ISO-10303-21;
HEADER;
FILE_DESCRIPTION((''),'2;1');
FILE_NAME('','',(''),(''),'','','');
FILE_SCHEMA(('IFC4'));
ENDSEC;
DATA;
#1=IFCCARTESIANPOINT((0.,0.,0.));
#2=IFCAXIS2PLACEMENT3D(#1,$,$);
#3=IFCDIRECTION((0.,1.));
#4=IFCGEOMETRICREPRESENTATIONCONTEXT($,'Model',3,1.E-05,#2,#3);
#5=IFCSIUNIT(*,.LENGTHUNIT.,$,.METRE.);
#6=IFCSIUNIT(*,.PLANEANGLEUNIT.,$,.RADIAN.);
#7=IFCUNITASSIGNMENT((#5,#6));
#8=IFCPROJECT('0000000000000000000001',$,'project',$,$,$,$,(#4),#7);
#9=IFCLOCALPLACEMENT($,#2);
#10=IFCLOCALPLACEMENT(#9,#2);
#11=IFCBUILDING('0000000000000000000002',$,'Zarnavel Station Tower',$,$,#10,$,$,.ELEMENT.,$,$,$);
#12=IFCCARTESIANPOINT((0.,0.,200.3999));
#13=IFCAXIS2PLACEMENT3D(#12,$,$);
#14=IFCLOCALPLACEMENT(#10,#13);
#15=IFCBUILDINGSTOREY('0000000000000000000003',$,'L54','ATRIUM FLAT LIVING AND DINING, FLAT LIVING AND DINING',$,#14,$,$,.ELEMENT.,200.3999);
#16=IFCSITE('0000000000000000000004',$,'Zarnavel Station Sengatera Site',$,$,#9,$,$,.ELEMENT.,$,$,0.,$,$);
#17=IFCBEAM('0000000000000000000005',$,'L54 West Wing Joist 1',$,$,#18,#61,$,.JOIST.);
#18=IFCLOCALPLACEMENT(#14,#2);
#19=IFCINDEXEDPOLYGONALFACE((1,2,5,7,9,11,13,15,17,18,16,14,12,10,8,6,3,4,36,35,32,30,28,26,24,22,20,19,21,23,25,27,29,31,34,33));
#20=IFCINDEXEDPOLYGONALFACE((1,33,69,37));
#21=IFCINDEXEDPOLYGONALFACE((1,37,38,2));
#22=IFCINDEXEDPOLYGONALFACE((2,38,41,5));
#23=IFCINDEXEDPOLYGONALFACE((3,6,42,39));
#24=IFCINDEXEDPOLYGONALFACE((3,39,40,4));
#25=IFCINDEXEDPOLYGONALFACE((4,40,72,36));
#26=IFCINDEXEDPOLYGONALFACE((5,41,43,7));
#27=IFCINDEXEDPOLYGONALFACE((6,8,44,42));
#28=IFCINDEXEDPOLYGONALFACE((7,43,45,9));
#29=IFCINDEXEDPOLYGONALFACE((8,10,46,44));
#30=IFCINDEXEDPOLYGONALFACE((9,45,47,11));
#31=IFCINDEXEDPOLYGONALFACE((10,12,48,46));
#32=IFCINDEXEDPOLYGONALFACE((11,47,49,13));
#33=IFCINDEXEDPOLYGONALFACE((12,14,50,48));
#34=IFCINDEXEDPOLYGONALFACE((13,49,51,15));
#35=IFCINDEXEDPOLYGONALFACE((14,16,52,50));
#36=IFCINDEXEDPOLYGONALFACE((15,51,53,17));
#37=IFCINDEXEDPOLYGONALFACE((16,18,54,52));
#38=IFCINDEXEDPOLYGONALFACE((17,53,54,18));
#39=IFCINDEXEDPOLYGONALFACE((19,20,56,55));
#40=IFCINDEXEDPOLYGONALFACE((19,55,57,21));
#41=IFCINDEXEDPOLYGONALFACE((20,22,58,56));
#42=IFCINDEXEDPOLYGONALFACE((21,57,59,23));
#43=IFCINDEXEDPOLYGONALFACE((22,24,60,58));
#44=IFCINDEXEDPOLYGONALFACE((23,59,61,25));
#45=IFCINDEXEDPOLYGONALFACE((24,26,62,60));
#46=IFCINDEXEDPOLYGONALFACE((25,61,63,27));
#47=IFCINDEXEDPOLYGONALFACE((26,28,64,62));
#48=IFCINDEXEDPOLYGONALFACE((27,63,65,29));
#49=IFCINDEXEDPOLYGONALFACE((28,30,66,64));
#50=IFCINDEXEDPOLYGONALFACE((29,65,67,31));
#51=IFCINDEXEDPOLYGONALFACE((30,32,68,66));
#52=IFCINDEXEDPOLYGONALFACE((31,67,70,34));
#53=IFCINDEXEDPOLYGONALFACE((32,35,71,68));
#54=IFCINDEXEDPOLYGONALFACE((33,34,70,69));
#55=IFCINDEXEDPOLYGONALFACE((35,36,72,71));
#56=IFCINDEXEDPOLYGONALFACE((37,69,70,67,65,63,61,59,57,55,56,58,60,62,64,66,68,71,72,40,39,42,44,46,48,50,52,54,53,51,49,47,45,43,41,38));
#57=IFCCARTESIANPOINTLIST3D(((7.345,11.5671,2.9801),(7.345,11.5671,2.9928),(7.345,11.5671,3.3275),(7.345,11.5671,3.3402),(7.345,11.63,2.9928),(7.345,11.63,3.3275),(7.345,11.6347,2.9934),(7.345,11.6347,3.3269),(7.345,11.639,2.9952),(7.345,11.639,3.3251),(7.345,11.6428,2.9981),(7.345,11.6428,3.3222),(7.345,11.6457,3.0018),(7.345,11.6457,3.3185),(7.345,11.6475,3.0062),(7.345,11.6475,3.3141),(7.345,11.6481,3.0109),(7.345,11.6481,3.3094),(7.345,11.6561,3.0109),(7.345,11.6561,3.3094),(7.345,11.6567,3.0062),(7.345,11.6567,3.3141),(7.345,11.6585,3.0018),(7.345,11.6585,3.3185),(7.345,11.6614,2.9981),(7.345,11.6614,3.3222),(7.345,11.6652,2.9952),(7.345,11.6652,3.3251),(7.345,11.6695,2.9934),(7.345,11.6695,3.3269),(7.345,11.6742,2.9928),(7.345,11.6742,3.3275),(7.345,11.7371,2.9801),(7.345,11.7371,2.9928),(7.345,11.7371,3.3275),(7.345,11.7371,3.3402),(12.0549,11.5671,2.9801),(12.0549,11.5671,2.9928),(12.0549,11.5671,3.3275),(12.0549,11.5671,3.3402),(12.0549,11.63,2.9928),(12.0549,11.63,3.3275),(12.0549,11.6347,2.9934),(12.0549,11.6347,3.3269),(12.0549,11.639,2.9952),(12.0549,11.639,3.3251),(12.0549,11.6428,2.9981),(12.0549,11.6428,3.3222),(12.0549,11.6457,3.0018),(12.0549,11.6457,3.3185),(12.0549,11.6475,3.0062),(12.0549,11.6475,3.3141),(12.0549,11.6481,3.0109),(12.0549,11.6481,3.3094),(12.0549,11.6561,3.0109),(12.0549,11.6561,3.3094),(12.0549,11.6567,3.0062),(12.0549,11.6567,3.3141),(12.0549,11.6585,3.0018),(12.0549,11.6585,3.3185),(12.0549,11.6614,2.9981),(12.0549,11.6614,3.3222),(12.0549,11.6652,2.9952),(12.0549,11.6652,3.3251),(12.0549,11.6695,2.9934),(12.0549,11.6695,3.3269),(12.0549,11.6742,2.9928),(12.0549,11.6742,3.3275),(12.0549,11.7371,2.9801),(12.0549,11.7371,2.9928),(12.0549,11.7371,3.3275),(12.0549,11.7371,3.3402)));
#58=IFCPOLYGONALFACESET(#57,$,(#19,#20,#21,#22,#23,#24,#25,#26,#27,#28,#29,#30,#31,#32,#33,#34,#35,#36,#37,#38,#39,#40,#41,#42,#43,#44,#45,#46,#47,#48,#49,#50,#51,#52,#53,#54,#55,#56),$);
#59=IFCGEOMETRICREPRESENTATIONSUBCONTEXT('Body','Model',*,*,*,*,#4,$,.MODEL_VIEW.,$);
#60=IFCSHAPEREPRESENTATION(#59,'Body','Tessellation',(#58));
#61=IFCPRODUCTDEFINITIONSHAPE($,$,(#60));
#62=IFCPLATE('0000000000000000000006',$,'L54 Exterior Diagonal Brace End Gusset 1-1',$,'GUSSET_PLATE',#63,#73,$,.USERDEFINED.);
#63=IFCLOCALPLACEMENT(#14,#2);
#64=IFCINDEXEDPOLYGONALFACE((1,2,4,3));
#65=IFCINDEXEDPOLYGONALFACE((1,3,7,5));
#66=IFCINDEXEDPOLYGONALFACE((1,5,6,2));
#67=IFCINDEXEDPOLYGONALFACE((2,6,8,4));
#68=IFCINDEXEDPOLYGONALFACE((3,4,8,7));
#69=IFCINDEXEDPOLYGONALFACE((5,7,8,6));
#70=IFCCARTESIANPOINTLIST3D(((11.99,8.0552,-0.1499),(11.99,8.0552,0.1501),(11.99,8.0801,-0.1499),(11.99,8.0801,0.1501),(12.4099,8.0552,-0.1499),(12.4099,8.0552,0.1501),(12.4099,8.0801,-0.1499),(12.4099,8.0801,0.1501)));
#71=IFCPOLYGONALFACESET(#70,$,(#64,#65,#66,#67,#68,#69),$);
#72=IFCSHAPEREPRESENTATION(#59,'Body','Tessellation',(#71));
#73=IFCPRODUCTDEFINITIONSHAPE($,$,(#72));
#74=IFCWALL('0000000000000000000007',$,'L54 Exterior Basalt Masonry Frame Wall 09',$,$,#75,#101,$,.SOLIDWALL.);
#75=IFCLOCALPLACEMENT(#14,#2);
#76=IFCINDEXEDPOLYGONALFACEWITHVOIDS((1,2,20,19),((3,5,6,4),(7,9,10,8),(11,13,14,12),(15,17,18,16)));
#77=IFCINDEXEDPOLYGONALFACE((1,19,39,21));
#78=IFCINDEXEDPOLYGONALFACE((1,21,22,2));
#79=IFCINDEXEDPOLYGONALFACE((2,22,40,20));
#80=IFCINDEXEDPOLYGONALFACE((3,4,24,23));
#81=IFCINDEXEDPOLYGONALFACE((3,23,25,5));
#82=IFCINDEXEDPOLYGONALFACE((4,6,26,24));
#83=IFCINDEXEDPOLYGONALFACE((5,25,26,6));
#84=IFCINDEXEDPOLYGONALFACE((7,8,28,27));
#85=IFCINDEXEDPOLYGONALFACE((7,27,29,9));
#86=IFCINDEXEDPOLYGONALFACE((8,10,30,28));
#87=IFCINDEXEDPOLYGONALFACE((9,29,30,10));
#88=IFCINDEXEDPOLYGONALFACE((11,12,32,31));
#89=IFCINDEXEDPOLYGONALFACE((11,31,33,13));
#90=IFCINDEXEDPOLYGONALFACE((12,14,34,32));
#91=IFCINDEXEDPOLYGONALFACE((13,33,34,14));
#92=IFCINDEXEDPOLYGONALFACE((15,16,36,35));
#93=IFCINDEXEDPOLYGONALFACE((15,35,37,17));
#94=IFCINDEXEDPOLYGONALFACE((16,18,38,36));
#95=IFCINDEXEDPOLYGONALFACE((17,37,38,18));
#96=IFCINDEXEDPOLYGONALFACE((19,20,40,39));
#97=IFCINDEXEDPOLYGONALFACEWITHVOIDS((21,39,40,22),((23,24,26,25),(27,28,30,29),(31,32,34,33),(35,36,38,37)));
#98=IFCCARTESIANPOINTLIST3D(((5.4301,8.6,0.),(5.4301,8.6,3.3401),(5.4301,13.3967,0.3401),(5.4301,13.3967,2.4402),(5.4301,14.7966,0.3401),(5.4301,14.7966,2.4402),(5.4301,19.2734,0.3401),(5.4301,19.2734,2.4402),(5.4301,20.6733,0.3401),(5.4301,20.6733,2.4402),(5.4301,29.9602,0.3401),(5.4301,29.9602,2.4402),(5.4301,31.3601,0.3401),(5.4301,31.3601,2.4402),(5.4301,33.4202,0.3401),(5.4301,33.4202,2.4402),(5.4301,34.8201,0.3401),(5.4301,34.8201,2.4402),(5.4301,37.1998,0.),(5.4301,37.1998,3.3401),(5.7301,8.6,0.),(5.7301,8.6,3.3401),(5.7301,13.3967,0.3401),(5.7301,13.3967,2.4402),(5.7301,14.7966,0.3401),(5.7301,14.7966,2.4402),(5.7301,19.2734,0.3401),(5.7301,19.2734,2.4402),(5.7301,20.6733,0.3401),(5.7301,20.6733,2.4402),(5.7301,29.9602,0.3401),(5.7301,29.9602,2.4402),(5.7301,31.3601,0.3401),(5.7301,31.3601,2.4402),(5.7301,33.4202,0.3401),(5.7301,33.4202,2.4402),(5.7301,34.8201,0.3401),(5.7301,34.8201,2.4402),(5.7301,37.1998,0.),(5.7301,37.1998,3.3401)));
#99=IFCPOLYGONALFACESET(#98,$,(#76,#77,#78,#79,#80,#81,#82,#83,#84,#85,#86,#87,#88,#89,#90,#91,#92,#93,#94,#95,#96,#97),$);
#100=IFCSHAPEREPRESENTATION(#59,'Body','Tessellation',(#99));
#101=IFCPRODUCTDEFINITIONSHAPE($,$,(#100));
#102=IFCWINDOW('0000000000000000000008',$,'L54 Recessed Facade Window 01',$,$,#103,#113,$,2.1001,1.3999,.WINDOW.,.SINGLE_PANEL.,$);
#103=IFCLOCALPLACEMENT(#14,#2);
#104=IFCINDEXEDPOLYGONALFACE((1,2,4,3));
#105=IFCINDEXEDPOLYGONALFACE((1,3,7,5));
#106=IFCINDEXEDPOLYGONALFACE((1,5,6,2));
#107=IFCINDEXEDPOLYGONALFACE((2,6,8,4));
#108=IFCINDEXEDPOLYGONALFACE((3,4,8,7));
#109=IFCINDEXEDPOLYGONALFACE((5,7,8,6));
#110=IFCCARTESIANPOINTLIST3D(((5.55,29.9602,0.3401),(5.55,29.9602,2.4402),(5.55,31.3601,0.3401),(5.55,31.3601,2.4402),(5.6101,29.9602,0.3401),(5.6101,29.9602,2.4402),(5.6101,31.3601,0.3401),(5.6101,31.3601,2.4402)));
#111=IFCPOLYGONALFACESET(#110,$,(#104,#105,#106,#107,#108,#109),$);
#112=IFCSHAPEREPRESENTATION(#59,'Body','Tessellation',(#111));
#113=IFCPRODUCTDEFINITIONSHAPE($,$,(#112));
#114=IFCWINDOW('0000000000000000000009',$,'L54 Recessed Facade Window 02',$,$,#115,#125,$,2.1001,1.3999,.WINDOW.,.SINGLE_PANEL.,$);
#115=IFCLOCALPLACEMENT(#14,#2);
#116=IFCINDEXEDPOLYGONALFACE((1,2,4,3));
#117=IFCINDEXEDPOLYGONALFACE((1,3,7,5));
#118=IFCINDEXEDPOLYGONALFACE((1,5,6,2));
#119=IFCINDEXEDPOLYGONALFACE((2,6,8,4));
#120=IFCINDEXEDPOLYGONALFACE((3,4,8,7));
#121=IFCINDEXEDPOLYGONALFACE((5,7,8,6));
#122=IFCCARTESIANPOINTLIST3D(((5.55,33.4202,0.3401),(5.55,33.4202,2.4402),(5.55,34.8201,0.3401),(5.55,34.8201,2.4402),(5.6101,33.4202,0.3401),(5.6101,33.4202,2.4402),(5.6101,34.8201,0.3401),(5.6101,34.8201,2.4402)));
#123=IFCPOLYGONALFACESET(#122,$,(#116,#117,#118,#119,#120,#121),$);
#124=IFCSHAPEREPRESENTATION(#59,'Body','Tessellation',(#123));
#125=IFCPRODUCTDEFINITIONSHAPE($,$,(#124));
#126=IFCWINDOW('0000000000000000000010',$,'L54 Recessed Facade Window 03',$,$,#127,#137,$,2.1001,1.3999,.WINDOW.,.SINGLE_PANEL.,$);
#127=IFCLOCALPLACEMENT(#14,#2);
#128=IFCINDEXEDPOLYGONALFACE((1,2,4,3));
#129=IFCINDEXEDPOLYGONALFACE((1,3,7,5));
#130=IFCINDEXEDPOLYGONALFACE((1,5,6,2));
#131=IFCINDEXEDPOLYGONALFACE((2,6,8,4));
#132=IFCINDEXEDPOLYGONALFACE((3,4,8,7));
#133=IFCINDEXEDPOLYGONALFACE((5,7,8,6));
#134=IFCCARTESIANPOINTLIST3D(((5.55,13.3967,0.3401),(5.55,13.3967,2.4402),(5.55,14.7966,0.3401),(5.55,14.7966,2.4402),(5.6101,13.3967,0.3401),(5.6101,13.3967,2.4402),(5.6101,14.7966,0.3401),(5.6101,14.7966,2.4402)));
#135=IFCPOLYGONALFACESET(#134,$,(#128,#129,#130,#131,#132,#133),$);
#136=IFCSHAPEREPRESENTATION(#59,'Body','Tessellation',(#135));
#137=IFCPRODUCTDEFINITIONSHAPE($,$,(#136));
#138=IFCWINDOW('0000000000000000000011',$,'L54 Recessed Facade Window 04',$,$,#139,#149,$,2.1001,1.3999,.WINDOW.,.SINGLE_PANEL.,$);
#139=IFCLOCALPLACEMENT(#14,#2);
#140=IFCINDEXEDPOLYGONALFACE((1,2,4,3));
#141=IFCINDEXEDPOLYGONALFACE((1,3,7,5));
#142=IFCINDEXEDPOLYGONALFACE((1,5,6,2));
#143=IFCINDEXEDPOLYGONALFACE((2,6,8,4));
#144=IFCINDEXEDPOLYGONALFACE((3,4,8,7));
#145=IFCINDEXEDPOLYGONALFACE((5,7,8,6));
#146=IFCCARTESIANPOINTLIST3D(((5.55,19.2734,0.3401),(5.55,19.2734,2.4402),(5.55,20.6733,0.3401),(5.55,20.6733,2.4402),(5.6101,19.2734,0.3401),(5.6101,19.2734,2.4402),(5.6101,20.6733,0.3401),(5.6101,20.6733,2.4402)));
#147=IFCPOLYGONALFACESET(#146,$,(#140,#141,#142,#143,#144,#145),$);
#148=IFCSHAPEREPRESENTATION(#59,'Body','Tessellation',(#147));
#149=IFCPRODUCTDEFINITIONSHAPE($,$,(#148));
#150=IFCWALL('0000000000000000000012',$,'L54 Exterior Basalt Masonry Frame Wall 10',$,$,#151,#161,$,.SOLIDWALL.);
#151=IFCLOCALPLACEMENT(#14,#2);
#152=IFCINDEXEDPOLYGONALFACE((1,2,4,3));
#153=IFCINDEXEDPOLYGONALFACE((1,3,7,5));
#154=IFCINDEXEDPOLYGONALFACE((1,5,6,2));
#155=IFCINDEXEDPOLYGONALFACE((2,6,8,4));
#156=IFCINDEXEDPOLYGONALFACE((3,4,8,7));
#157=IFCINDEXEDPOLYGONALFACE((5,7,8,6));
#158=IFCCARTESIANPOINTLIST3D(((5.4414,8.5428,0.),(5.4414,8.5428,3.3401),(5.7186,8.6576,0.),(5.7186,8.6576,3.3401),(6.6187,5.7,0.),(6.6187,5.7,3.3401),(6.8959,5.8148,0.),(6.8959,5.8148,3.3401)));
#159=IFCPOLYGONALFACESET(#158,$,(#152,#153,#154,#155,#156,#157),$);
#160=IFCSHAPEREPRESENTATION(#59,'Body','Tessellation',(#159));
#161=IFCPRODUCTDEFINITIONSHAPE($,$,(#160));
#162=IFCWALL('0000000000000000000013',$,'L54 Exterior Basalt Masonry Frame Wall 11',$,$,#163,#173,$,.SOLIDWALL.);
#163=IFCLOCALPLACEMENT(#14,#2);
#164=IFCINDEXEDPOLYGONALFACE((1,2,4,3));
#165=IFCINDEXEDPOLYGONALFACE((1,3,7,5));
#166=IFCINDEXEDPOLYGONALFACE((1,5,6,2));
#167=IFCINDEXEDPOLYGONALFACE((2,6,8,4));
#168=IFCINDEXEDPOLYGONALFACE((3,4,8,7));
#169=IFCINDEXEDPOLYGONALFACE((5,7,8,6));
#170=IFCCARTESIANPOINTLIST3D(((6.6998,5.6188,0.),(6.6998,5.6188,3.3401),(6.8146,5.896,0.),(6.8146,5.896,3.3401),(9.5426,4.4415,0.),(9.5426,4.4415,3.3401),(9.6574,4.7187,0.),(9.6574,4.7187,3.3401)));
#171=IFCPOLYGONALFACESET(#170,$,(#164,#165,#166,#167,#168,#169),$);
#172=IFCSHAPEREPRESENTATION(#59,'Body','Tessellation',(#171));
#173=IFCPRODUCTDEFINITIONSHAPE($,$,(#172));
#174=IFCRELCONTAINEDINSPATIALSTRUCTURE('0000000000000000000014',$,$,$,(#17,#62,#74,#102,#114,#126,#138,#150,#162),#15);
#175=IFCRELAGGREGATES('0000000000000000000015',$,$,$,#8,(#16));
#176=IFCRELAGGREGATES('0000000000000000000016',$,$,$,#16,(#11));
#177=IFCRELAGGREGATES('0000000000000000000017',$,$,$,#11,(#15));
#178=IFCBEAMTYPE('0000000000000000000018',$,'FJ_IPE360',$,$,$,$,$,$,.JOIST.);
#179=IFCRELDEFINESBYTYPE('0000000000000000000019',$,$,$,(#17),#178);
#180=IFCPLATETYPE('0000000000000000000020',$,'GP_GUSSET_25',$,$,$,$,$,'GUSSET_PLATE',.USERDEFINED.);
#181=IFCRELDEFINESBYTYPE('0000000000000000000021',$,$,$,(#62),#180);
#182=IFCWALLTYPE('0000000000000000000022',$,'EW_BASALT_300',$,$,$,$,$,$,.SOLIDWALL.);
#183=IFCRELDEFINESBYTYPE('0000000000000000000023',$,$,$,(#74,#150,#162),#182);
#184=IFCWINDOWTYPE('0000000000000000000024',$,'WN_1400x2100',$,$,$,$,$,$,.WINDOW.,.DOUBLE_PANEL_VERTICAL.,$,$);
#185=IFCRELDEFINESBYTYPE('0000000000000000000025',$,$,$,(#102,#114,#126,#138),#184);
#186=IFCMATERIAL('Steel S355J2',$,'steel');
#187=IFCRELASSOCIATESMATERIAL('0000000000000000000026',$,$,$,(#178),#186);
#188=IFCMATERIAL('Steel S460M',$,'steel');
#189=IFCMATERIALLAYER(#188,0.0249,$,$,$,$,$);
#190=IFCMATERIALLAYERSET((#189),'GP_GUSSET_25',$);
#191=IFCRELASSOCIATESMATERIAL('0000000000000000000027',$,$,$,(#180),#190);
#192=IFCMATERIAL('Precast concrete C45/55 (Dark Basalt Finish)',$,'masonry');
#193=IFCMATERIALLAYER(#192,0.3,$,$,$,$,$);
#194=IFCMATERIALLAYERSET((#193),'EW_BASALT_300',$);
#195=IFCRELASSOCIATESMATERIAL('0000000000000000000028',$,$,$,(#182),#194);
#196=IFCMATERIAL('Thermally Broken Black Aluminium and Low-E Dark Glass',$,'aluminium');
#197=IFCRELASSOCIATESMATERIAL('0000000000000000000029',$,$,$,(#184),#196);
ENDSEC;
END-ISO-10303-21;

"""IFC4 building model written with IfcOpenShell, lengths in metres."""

from ifc_helpers import new_model, si_unit, direction, frame, frame_2d, origin, origin_2d, place, context, subcontext, project, spatial, rectangle, i_section, extrude, material, layer, layer_set, material_profile, profile_set, type_object, element, fill, save


model = new_model("IFC4")

# Units and contexts
model_context = context("Model", 3, precision=1e-05, world=origin(), true_north=direction((0.0, 1.0)))
body_context = subcontext(model_context, "Body", "Model", "MODEL_VIEW")
ifc_project = project(units=[si_unit("LENGTHUNIT", "METRE"), si_unit("PLANEANGLEUNIT", "RADIAN")], contexts=[model_context])

# Site, building, storey
site_placement = place(None, origin())
site = spatial("IfcSite", under=ifc_project, at=site_placement, Name="Zarnavel Station Sengatera Site", CompositionType="ELEMENT", RefElevation=0.0)
building_placement = place(site_placement, origin())
building = spatial("IfcBuilding", under=site, at=building_placement, Name="Zarnavel Station Tower", CompositionType="ELEMENT")
storey_placement = place(building_placement, frame((0.0, 0.0, 200.3999)))
storey = spatial("IfcBuildingStorey", under=building, at=storey_placement, Name="L54", Description="ATRIUM FLAT LIVING AND DINING, FLAT LIVING AND DINING", CompositionType="ELEMENT", Elevation=200.3999)

# Beam
ifc_material_1 = material(Name="Steel S355J2", Category="steel")
ifc_material_profile_1 = material_profile(ifc_material_1, i_section(OverallWidth=0.1699, OverallDepth=0.3601, WebThickness=0.0081, FlangeThickness=0.0127, FilletRadius=0.0181, at=origin_2d()), Name="IPE360")
ifc_profile_set_1 = profile_set([ifc_material_profile_1], Name="Steel S355J2")
beam_type_1 = type_object("IfcBeamType", Name="FJ_IPE360", PredefinedType="JOIST", material=ifc_profile_set_1)
beam_1_placement = place(storey_placement, frame((7.345, 11.6521, 3.1602), z_axis=(1.0, 0.0, 0.0), x_axis=(0.0, 1.0, 0.0)))
element("IfcBeam", 1, at=beam_1_placement, inside=storey, type_object=beam_type_1, Name="L54 West Wing Joist 1", PredefinedType="JOIST", context=body_context, shape_type="SweptSolid", body=[
    extrude(i_section(OverallWidth=0.1699, OverallDepth=0.3601, WebThickness=0.0081, FlangeThickness=0.0127, FilletRadius=0.0181, at=origin_2d()), origin(), (0.0, 0.0, 1.0), 4.71),
])

# Plate
ifc_material_2 = material(Name="Steel S460M", Category="steel")
ifc_layer_1 = layer(ifc_material_2, 0.0249)
ifc_layer_set_1 = layer_set([ifc_layer_1], Name="GP_GUSSET_25")
plate_type = type_object("IfcPlateType", Name="GP_GUSSET_25", ElementType="GUSSET_PLATE", PredefinedType="USERDEFINED", material=ifc_layer_set_1)
plate_placement = place(storey_placement, frame((12.2, 8.0676, -0.1499), z_axis=(0.0, 0.0, 1.0), x_axis=(1.0, 0.0, 0.0)))
element("IfcPlate", 2, at=plate_placement, inside=storey, type_object=plate_type, Name="L54 Exterior Diagonal Brace End Gusset 1-1", ObjectType="GUSSET_PLATE", PredefinedType="USERDEFINED", context=body_context, shape_type="SweptSolid", body=[
    extrude(rectangle(XDim=0.4199, YDim=0.0249, at=origin_2d()), origin(), (0.0, 0.0, 1.0), 0.3),
])

# Wall, openings, windows
ifc_material_3 = material(Name="Precast concrete C45/55 (Dark Basalt Finish)", Category="masonry")
ifc_layer_2 = layer(ifc_material_3, 0.3)
ifc_layer_set_2 = layer_set([ifc_layer_2], Name="EW_BASALT_300")
wall_type_1 = type_object("IfcWallType", Name="EW_BASALT_300", PredefinedType="SOLIDWALL", material=ifc_layer_set_2)
wall_1_placement = place(storey_placement, frame((5.5801, 8.6001, 0.0), z_axis=(0.0, 0.0, 1.0), x_axis=(0.0, 1.0, 0.0)))
wall_1 = element("IfcWall", 3, at=wall_1_placement, inside=storey, type_object=wall_type_1, Name="L54 Exterior Basalt Masonry Frame Wall 09", PredefinedType="SOLIDWALL", context=body_context, shape_type="SweptSolid", body=[
    extrude(rectangle(XDim=28.5999, YDim=0.3, at=frame_2d((14.2998, 0.0))), origin(), (0.0, 0.0, 1.0), 3.3401),
])
opening_1_placement = place(wall_1_placement, frame((21.3601, 0.0, 0.3401)))
opening_1 = element("IfcOpeningElement", 4, at=opening_1_placement, cuts=wall_1, PredefinedType="OPENING", context=body_context, shape_type="SweptSolid", body=[
    extrude(rectangle(XDim=1.3999, YDim=2.1001, at=frame_2d((0.7, 1.05))), frame((0.0, 0.1599, 0.0), z_axis=(0.0, -1.0, 0.0), x_axis=(1.0, 0.0, 0.0)), (0.0, 0.0, 1.0), 0.3201),
])
opening_2_placement = place(wall_1_placement, frame((24.8201, 0.0, 0.3401)))
opening_2 = element("IfcOpeningElement", 5, at=opening_2_placement, cuts=wall_1, PredefinedType="OPENING", context=body_context, shape_type="SweptSolid", body=[
    extrude(rectangle(XDim=1.3999, YDim=2.1001, at=frame_2d((0.7, 1.05))), frame((0.0, 0.1599, 0.0), z_axis=(0.0, -1.0, 0.0), x_axis=(1.0, 0.0, 0.0)), (0.0, 0.0, 1.0), 0.3201),
])
opening_3_placement = place(wall_1_placement, frame((4.7966, 0.0, 0.3401)))
opening_3 = element("IfcOpeningElement", 6, at=opening_3_placement, cuts=wall_1, PredefinedType="OPENING", context=body_context, shape_type="SweptSolid", body=[
    extrude(rectangle(XDim=1.3999, YDim=2.1001, at=frame_2d((0.7, 1.05))), frame((0.0, 0.1599, 0.0), z_axis=(0.0, -1.0, 0.0), x_axis=(1.0, 0.0, 0.0)), (0.0, 0.0, 1.0), 0.3201),
])
opening_4_placement = place(wall_1_placement, frame((10.6733, 0.0, 0.3401)))
opening_4 = element("IfcOpeningElement", 7, at=opening_4_placement, cuts=wall_1, PredefinedType="OPENING", context=body_context, shape_type="SweptSolid", body=[
    extrude(rectangle(XDim=1.3999, YDim=2.1001, at=frame_2d((0.7, 1.05))), frame((0.0, 0.1599, 0.0), z_axis=(0.0, -1.0, 0.0), x_axis=(1.0, 0.0, 0.0)), (0.0, 0.0, 1.0), 0.3201),
])
ifc_material_4 = material(Name="Thermally Broken Black Aluminium and Low-E Dark Glass", Category="aluminium")
window_type = type_object("IfcWindowType", Name="WN_1400x2100", PartitioningType="DOUBLE_PANEL_VERTICAL", PredefinedType="WINDOW", material=ifc_material_4)
window_1_placement = place(opening_1_placement, origin())
window_1 = element("IfcWindow", 8, at=window_1_placement, inside=storey, type_object=window_type, Name="L54 Recessed Facade Window 01", OverallHeight=2.1001, OverallWidth=1.3999, PartitioningType="SINGLE_PANEL", PredefinedType="WINDOW", context=body_context, shape_type="SweptSolid", body=[
    extrude(rectangle(XDim=1.3999, YDim=2.1001, at=frame_2d((0.7, 1.05))), frame((0.0, 0.03, 0.0), z_axis=(0.0, -1.0, 0.0), x_axis=(1.0, 0.0, 0.0)), (0.0, 0.0, 1.0), 0.0601),
])
fill(opening_1, window_1)
window_2_placement = place(opening_2_placement, origin())
window_2 = element("IfcWindow", 9, at=window_2_placement, inside=storey, type_object=window_type, Name="L54 Recessed Facade Window 02", OverallHeight=2.1001, OverallWidth=1.3999, PartitioningType="SINGLE_PANEL", PredefinedType="WINDOW", context=body_context, shape_type="SweptSolid", body=[
    extrude(rectangle(XDim=1.3999, YDim=2.1001, at=frame_2d((0.7, 1.05))), frame((0.0, 0.03, 0.0), z_axis=(0.0, -1.0, 0.0), x_axis=(1.0, 0.0, 0.0)), (0.0, 0.0, 1.0), 0.0601),
])
fill(opening_2, window_2)
window_3_placement = place(opening_3_placement, origin())
window_3 = element("IfcWindow", 10, at=window_3_placement, inside=storey, type_object=window_type, Name="L54 Recessed Facade Window 03", OverallHeight=2.1001, OverallWidth=1.3999, PartitioningType="SINGLE_PANEL", PredefinedType="WINDOW", context=body_context, shape_type="SweptSolid", body=[
    extrude(rectangle(XDim=1.3999, YDim=2.1001, at=frame_2d((0.7, 1.05))), frame((0.0, 0.03, 0.0), z_axis=(0.0, -1.0, 0.0), x_axis=(1.0, 0.0, 0.0)), (0.0, 0.0, 1.0), 0.0601),
])
fill(opening_3, window_3)
window_4_placement = place(opening_4_placement, origin())
window_4 = element("IfcWindow", 11, at=window_4_placement, inside=storey, type_object=window_type, Name="L54 Recessed Facade Window 04", OverallHeight=2.1001, OverallWidth=1.3999, PartitioningType="SINGLE_PANEL", PredefinedType="WINDOW", context=body_context, shape_type="SweptSolid", body=[
    extrude(rectangle(XDim=1.3999, YDim=2.1001, at=frame_2d((0.7, 1.05))), frame((0.0, 0.03, 0.0), z_axis=(0.0, -1.0, 0.0), x_axis=(1.0, 0.0, 0.0)), (0.0, 0.0, 1.0), 0.0601),
])
fill(opening_4, window_4)

# Walls
for number, where, z_axis, x_axis, name in (
    (12, (6.7573, 5.7573, 0.0), (0.0, 0.0, 1.0), (-0.382609, 0.92391, 0.0), "L54 Exterior Basalt Masonry Frame Wall 10"),
    (13, (9.6001, 4.5801, 0.0), (0.0, 0.0, 1.0), (-0.92391, 0.382609, 0.0), "L54 Exterior Basalt Masonry Frame Wall 11"),
):
    element("IfcWall", number, at=place(storey_placement, frame(where, z_axis=z_axis, x_axis=x_axis)), inside=storey, type_object=wall_type_1, Name=name, PredefinedType="SOLIDWALL", context=body_context, shape_type="SweptSolid", body=[
        extrude(rectangle(XDim=3.0769, YDim=0.3, at=frame_2d((1.5386, 0.0))), origin(), (0.0, 0.0, 1.0), 3.3401),
    ])

save(model, "model.ifc")
